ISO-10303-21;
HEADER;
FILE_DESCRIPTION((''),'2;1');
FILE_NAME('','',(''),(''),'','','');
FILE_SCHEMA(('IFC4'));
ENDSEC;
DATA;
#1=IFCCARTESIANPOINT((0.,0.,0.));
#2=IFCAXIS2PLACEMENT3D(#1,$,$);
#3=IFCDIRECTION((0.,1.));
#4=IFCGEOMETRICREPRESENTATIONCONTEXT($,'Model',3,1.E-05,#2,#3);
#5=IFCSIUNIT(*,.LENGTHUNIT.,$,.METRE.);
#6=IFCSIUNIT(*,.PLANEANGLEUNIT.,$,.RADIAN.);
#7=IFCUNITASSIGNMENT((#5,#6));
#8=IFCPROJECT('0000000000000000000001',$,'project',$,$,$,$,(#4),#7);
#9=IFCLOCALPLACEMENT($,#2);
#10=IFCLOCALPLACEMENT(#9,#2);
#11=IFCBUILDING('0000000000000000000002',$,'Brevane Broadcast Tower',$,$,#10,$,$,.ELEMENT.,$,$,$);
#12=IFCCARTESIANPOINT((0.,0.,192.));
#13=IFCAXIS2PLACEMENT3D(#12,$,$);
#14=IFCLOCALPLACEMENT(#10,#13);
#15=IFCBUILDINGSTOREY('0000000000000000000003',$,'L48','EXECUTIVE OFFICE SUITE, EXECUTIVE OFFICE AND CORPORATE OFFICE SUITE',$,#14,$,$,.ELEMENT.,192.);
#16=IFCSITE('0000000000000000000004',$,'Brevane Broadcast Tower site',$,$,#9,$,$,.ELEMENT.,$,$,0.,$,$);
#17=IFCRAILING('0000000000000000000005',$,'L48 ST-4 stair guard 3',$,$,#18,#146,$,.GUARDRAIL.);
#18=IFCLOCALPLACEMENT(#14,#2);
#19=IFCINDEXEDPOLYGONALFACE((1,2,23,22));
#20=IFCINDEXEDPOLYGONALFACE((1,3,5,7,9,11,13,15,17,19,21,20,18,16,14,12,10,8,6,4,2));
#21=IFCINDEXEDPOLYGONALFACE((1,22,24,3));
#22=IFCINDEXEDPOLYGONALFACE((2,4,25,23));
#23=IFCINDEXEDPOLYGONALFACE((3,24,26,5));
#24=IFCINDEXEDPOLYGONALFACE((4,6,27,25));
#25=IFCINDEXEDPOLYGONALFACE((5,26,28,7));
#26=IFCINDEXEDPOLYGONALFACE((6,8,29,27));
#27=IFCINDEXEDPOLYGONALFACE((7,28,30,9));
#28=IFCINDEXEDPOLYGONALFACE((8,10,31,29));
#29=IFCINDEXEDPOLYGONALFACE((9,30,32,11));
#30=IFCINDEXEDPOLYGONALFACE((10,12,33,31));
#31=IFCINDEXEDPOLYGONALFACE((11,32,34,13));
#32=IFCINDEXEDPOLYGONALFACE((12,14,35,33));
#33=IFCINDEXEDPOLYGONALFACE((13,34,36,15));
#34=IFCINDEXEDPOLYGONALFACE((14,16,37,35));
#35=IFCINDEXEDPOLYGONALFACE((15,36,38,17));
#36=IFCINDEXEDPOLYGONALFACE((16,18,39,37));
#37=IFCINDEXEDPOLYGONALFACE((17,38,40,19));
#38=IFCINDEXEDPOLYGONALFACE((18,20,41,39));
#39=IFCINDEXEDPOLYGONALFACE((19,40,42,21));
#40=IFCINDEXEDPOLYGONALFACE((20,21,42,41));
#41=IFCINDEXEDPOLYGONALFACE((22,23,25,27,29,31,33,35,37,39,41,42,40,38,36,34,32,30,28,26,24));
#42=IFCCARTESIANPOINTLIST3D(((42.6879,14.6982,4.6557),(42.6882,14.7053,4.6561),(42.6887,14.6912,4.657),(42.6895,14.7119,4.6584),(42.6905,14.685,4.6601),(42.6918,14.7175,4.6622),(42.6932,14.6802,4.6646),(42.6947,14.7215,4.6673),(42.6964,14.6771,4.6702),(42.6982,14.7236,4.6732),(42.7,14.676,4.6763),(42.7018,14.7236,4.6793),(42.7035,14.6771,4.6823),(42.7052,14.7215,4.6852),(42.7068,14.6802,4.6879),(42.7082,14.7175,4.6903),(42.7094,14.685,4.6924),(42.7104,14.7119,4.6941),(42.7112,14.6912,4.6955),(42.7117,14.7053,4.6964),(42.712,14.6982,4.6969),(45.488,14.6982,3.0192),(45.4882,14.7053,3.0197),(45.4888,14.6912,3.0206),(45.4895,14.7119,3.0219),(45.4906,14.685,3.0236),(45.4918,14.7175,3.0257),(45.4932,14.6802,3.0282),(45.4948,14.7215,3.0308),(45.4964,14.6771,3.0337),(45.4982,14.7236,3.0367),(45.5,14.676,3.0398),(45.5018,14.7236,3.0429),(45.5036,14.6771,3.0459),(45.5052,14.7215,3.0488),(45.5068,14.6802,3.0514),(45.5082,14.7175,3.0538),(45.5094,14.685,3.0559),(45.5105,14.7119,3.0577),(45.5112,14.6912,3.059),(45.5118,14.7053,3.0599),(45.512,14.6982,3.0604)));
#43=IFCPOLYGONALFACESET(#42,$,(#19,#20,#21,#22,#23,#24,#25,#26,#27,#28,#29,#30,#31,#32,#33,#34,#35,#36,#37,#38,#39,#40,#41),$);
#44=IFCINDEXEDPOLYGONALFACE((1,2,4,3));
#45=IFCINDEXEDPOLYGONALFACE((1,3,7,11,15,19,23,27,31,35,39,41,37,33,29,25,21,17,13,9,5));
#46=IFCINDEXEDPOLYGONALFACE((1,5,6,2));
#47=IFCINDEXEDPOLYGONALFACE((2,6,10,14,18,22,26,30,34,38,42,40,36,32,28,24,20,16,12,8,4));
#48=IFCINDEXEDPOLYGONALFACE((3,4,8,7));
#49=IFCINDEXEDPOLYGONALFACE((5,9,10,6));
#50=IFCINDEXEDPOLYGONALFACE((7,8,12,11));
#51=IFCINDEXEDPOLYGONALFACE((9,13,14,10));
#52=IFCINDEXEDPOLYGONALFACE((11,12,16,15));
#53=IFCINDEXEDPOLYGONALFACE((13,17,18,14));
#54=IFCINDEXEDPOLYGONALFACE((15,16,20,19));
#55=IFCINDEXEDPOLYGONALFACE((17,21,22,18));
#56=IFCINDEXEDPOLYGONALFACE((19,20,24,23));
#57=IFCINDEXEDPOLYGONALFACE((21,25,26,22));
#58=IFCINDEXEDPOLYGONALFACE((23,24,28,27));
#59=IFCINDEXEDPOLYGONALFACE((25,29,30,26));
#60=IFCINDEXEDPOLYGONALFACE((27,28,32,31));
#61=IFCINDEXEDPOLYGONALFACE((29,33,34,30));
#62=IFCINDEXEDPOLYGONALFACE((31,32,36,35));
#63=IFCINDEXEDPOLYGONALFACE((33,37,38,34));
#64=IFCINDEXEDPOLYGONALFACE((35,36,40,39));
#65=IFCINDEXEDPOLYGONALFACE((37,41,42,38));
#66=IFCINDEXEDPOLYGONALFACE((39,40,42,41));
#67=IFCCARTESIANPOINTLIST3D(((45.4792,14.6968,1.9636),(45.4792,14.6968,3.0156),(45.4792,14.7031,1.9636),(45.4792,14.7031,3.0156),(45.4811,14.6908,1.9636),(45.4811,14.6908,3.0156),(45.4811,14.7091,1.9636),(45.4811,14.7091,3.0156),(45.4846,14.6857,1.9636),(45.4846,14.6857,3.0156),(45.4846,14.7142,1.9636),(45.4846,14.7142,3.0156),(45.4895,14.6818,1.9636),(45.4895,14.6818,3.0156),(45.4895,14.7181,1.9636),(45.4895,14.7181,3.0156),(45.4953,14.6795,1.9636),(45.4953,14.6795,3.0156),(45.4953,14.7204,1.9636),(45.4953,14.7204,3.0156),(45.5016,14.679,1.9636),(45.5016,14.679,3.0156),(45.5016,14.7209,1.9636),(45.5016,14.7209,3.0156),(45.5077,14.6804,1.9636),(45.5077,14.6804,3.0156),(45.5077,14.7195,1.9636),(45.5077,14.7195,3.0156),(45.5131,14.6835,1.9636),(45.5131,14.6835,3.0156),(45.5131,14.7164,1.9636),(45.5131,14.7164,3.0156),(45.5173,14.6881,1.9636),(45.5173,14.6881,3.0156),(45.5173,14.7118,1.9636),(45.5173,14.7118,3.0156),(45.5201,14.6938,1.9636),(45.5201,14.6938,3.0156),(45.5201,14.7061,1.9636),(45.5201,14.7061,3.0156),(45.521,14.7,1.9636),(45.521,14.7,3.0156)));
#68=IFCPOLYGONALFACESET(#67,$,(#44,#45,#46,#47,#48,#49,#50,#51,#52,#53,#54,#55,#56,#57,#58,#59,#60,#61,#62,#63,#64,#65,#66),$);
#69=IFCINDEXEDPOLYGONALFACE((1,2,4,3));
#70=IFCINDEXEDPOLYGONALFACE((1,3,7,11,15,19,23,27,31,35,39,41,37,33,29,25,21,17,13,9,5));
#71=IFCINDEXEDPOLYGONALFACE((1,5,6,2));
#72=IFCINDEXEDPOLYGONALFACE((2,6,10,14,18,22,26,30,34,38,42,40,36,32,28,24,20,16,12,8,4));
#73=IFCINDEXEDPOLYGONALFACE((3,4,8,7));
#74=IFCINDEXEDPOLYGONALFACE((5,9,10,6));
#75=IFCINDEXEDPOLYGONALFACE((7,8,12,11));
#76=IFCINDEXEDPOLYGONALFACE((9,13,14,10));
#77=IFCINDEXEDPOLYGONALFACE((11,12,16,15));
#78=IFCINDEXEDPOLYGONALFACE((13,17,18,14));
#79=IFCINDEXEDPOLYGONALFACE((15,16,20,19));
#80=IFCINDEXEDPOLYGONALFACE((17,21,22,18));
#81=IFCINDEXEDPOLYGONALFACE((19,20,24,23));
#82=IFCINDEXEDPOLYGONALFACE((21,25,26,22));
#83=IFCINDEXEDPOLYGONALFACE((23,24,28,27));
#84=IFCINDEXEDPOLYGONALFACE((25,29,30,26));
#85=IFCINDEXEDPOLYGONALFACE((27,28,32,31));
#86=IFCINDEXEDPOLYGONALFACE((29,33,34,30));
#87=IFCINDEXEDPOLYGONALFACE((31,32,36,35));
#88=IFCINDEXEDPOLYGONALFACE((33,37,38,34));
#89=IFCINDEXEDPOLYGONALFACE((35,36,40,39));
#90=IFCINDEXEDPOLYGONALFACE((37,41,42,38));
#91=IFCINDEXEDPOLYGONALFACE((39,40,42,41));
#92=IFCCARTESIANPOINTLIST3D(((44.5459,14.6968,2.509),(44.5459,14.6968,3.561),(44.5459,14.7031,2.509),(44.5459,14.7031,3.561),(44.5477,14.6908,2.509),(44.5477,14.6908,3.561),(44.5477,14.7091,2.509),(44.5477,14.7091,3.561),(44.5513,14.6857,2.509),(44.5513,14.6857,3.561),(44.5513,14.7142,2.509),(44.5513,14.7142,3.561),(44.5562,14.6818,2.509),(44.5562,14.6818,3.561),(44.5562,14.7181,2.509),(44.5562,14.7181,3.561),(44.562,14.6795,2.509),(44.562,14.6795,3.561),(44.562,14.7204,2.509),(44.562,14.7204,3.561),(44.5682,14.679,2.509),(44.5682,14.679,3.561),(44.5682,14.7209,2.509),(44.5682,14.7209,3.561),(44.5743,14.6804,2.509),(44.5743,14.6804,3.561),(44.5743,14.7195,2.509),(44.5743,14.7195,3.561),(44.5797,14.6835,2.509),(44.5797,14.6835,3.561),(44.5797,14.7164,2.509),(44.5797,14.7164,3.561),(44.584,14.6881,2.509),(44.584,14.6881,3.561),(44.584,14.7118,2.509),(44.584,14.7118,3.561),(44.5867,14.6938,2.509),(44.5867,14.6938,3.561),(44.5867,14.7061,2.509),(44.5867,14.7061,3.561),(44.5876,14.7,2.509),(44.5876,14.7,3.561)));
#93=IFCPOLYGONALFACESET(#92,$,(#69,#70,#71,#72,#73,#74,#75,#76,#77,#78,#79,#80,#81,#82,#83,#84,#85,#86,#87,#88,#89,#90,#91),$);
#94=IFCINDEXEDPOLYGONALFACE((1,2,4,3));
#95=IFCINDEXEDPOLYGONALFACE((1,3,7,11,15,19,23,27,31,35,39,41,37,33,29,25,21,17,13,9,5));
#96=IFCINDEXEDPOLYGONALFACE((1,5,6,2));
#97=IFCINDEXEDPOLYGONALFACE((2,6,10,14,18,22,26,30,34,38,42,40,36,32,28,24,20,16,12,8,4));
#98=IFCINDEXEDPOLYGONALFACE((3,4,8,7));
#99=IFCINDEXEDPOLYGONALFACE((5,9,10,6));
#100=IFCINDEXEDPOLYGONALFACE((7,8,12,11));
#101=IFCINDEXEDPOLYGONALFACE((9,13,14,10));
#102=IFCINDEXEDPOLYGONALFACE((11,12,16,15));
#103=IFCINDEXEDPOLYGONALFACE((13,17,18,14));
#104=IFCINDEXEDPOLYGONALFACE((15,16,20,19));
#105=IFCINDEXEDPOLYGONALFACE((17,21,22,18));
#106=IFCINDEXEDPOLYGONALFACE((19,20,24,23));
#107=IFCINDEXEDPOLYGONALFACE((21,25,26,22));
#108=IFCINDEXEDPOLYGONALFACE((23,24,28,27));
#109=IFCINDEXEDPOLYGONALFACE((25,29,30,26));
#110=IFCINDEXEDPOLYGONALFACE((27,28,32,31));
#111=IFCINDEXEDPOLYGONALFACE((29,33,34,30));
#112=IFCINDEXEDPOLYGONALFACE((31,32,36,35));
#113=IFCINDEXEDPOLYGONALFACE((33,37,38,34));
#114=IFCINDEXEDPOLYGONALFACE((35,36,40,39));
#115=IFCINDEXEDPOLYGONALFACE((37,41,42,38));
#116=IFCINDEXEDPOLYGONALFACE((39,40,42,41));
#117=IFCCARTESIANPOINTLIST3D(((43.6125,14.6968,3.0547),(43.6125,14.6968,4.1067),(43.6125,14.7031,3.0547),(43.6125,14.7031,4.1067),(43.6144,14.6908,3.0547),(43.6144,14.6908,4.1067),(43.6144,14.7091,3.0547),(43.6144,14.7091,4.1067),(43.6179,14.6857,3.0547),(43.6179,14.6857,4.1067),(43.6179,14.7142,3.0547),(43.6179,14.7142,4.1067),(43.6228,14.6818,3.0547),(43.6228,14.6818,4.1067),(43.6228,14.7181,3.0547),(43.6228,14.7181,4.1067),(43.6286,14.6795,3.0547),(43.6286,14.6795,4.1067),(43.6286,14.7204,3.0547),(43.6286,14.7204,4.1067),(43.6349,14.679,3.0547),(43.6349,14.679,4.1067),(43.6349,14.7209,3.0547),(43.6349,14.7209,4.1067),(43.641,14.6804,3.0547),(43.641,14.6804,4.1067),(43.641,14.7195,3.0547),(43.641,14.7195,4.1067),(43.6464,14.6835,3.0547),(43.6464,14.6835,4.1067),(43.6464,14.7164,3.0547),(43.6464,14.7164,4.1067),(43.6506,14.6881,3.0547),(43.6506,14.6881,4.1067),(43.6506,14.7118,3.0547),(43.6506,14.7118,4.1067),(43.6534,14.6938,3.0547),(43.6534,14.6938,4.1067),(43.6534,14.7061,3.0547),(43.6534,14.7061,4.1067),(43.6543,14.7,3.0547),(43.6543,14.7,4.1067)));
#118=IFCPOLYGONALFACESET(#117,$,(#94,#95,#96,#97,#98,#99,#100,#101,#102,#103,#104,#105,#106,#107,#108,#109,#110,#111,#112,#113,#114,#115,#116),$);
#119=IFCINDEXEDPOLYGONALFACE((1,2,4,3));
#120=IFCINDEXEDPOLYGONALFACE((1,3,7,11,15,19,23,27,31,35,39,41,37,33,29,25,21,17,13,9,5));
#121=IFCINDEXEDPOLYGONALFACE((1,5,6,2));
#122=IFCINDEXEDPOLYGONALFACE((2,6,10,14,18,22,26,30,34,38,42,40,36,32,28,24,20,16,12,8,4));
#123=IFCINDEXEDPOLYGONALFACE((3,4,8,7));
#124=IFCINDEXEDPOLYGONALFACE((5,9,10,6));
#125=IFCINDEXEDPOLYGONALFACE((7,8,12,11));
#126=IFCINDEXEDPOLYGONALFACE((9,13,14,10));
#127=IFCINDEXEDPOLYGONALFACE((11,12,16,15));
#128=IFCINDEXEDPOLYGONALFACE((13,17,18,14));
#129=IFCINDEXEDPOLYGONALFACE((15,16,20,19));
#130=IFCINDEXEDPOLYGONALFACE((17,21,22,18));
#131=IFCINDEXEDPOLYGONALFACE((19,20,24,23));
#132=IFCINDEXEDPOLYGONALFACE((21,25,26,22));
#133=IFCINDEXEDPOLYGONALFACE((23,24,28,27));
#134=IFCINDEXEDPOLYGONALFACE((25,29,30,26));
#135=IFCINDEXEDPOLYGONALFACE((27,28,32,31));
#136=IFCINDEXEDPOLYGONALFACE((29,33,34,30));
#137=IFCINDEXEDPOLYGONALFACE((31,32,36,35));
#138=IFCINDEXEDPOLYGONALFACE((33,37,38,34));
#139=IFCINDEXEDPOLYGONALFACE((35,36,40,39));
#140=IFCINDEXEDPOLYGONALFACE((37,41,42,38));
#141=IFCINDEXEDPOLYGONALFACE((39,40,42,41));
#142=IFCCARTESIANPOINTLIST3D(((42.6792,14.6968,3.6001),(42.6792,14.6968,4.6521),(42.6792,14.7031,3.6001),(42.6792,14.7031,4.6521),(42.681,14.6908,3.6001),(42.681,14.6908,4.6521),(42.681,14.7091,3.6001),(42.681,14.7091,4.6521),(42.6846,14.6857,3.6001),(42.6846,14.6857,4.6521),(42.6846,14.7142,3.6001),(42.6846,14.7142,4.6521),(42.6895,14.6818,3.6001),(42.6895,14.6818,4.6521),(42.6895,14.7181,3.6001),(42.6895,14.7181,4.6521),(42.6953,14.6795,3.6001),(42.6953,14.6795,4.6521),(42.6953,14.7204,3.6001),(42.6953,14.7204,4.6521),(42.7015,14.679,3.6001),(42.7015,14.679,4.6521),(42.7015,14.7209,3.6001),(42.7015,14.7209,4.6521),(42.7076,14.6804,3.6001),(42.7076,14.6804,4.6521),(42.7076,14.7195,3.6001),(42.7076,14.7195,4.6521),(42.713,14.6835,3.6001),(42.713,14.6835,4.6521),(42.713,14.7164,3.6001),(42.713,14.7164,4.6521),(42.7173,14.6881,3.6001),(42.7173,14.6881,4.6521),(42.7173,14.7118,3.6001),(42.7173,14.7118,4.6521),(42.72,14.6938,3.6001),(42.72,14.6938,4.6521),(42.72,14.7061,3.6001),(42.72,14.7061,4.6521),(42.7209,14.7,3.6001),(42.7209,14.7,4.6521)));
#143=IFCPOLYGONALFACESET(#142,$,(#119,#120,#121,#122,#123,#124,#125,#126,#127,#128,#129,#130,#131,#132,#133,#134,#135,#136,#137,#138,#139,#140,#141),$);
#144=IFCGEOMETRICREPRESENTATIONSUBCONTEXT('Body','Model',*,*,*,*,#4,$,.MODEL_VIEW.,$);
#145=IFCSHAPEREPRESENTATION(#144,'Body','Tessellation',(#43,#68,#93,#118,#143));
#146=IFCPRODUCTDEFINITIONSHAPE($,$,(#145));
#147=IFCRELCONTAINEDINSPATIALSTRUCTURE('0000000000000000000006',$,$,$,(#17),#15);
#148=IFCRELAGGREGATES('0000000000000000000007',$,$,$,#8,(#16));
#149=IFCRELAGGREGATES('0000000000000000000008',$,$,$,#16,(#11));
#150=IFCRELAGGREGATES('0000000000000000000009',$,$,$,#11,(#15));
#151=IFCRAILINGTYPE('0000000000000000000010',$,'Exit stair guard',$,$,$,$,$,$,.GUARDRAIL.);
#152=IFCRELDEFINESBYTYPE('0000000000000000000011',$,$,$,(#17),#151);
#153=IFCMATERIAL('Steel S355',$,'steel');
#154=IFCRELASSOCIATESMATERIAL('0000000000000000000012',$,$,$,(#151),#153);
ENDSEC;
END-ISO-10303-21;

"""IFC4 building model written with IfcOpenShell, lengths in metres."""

from ifc_helpers import new_model, si_unit, direction, frame, origin, origin_2d, place, context, subcontext, project, spatial, circle, extrude, material, type_object, element, save


model = new_model("IFC4")

# Units and contexts
model_context = context("Model", 3, precision=1e-05, world=origin(), true_north=direction((0.0, 1.0)))
body_context = subcontext(model_context, "Body", "Model", "MODEL_VIEW")
ifc_project = project(units=[si_unit("LENGTHUNIT", "METRE"), si_unit("PLANEANGLEUNIT", "RADIAN")], contexts=[model_context])

# Site, building, storey
site_placement = place(None, origin())
site = spatial("IfcSite", under=ifc_project, at=site_placement, Name="Brevane Broadcast Tower site", CompositionType="ELEMENT", RefElevation=0.0)
building_placement = place(site_placement, origin())
building = spatial("IfcBuilding", under=site, at=building_placement, Name="Brevane Broadcast Tower", CompositionType="ELEMENT")
storey_placement = place(building_placement, frame((0.0, 0.0, 192.0)))
storey = spatial("IfcBuildingStorey", under=building, at=storey_placement, Name="L48", Description="EXECUTIVE OFFICE SUITE, EXECUTIVE OFFICE AND CORPORATE OFFICE SUITE", CompositionType="ELEMENT", Elevation=192.0)

# Railing
ifc_material_1 = material(Name="Steel S355", Category="steel")
railing_type_1 = type_object("IfcRailingType", Name="Exit stair guard", PredefinedType="GUARDRAIL", material=ifc_material_1)
railing_1_placement = place(storey_placement, frame((45.5, 14.7, 1.9636)))
element("IfcRailing", 1, at=railing_1_placement, inside=storey, type_object=railing_type_1, Name="L48 ST-4 stair guard 3", PredefinedType="GUARDRAIL", context=body_context, shape_type="SweptSolid", body=[
    extrude(circle(Radius=0.0239, at=origin_2d()), frame((0.0, 0.0, 1.0762), z_axis=(-0.863361, 0.0, 0.504587), x_axis=(0.0, -1.0, 0.0)), (0.0, 0.0, 1.0), 3.2432),
    extrude(circle(Radius=0.021, at=origin_2d()), origin(), (0.0, 0.0, 1.0), 1.052),
    extrude(circle(Radius=0.021, at=origin_2d()), frame((-0.9333, 0.0, 0.5454)), (0.0, 0.0, 1.0), 1.052),
    extrude(circle(Radius=0.021, at=origin_2d()), frame((-1.8667, 0.0, 1.0911)), (0.0, 0.0, 1.0), 1.052),
    extrude(circle(Radius=0.021, at=origin_2d()), frame((-2.8, 0.0, 1.6365)), (0.0, 0.0, 1.0), 1.052),
])

save(model, "model.ifc")
